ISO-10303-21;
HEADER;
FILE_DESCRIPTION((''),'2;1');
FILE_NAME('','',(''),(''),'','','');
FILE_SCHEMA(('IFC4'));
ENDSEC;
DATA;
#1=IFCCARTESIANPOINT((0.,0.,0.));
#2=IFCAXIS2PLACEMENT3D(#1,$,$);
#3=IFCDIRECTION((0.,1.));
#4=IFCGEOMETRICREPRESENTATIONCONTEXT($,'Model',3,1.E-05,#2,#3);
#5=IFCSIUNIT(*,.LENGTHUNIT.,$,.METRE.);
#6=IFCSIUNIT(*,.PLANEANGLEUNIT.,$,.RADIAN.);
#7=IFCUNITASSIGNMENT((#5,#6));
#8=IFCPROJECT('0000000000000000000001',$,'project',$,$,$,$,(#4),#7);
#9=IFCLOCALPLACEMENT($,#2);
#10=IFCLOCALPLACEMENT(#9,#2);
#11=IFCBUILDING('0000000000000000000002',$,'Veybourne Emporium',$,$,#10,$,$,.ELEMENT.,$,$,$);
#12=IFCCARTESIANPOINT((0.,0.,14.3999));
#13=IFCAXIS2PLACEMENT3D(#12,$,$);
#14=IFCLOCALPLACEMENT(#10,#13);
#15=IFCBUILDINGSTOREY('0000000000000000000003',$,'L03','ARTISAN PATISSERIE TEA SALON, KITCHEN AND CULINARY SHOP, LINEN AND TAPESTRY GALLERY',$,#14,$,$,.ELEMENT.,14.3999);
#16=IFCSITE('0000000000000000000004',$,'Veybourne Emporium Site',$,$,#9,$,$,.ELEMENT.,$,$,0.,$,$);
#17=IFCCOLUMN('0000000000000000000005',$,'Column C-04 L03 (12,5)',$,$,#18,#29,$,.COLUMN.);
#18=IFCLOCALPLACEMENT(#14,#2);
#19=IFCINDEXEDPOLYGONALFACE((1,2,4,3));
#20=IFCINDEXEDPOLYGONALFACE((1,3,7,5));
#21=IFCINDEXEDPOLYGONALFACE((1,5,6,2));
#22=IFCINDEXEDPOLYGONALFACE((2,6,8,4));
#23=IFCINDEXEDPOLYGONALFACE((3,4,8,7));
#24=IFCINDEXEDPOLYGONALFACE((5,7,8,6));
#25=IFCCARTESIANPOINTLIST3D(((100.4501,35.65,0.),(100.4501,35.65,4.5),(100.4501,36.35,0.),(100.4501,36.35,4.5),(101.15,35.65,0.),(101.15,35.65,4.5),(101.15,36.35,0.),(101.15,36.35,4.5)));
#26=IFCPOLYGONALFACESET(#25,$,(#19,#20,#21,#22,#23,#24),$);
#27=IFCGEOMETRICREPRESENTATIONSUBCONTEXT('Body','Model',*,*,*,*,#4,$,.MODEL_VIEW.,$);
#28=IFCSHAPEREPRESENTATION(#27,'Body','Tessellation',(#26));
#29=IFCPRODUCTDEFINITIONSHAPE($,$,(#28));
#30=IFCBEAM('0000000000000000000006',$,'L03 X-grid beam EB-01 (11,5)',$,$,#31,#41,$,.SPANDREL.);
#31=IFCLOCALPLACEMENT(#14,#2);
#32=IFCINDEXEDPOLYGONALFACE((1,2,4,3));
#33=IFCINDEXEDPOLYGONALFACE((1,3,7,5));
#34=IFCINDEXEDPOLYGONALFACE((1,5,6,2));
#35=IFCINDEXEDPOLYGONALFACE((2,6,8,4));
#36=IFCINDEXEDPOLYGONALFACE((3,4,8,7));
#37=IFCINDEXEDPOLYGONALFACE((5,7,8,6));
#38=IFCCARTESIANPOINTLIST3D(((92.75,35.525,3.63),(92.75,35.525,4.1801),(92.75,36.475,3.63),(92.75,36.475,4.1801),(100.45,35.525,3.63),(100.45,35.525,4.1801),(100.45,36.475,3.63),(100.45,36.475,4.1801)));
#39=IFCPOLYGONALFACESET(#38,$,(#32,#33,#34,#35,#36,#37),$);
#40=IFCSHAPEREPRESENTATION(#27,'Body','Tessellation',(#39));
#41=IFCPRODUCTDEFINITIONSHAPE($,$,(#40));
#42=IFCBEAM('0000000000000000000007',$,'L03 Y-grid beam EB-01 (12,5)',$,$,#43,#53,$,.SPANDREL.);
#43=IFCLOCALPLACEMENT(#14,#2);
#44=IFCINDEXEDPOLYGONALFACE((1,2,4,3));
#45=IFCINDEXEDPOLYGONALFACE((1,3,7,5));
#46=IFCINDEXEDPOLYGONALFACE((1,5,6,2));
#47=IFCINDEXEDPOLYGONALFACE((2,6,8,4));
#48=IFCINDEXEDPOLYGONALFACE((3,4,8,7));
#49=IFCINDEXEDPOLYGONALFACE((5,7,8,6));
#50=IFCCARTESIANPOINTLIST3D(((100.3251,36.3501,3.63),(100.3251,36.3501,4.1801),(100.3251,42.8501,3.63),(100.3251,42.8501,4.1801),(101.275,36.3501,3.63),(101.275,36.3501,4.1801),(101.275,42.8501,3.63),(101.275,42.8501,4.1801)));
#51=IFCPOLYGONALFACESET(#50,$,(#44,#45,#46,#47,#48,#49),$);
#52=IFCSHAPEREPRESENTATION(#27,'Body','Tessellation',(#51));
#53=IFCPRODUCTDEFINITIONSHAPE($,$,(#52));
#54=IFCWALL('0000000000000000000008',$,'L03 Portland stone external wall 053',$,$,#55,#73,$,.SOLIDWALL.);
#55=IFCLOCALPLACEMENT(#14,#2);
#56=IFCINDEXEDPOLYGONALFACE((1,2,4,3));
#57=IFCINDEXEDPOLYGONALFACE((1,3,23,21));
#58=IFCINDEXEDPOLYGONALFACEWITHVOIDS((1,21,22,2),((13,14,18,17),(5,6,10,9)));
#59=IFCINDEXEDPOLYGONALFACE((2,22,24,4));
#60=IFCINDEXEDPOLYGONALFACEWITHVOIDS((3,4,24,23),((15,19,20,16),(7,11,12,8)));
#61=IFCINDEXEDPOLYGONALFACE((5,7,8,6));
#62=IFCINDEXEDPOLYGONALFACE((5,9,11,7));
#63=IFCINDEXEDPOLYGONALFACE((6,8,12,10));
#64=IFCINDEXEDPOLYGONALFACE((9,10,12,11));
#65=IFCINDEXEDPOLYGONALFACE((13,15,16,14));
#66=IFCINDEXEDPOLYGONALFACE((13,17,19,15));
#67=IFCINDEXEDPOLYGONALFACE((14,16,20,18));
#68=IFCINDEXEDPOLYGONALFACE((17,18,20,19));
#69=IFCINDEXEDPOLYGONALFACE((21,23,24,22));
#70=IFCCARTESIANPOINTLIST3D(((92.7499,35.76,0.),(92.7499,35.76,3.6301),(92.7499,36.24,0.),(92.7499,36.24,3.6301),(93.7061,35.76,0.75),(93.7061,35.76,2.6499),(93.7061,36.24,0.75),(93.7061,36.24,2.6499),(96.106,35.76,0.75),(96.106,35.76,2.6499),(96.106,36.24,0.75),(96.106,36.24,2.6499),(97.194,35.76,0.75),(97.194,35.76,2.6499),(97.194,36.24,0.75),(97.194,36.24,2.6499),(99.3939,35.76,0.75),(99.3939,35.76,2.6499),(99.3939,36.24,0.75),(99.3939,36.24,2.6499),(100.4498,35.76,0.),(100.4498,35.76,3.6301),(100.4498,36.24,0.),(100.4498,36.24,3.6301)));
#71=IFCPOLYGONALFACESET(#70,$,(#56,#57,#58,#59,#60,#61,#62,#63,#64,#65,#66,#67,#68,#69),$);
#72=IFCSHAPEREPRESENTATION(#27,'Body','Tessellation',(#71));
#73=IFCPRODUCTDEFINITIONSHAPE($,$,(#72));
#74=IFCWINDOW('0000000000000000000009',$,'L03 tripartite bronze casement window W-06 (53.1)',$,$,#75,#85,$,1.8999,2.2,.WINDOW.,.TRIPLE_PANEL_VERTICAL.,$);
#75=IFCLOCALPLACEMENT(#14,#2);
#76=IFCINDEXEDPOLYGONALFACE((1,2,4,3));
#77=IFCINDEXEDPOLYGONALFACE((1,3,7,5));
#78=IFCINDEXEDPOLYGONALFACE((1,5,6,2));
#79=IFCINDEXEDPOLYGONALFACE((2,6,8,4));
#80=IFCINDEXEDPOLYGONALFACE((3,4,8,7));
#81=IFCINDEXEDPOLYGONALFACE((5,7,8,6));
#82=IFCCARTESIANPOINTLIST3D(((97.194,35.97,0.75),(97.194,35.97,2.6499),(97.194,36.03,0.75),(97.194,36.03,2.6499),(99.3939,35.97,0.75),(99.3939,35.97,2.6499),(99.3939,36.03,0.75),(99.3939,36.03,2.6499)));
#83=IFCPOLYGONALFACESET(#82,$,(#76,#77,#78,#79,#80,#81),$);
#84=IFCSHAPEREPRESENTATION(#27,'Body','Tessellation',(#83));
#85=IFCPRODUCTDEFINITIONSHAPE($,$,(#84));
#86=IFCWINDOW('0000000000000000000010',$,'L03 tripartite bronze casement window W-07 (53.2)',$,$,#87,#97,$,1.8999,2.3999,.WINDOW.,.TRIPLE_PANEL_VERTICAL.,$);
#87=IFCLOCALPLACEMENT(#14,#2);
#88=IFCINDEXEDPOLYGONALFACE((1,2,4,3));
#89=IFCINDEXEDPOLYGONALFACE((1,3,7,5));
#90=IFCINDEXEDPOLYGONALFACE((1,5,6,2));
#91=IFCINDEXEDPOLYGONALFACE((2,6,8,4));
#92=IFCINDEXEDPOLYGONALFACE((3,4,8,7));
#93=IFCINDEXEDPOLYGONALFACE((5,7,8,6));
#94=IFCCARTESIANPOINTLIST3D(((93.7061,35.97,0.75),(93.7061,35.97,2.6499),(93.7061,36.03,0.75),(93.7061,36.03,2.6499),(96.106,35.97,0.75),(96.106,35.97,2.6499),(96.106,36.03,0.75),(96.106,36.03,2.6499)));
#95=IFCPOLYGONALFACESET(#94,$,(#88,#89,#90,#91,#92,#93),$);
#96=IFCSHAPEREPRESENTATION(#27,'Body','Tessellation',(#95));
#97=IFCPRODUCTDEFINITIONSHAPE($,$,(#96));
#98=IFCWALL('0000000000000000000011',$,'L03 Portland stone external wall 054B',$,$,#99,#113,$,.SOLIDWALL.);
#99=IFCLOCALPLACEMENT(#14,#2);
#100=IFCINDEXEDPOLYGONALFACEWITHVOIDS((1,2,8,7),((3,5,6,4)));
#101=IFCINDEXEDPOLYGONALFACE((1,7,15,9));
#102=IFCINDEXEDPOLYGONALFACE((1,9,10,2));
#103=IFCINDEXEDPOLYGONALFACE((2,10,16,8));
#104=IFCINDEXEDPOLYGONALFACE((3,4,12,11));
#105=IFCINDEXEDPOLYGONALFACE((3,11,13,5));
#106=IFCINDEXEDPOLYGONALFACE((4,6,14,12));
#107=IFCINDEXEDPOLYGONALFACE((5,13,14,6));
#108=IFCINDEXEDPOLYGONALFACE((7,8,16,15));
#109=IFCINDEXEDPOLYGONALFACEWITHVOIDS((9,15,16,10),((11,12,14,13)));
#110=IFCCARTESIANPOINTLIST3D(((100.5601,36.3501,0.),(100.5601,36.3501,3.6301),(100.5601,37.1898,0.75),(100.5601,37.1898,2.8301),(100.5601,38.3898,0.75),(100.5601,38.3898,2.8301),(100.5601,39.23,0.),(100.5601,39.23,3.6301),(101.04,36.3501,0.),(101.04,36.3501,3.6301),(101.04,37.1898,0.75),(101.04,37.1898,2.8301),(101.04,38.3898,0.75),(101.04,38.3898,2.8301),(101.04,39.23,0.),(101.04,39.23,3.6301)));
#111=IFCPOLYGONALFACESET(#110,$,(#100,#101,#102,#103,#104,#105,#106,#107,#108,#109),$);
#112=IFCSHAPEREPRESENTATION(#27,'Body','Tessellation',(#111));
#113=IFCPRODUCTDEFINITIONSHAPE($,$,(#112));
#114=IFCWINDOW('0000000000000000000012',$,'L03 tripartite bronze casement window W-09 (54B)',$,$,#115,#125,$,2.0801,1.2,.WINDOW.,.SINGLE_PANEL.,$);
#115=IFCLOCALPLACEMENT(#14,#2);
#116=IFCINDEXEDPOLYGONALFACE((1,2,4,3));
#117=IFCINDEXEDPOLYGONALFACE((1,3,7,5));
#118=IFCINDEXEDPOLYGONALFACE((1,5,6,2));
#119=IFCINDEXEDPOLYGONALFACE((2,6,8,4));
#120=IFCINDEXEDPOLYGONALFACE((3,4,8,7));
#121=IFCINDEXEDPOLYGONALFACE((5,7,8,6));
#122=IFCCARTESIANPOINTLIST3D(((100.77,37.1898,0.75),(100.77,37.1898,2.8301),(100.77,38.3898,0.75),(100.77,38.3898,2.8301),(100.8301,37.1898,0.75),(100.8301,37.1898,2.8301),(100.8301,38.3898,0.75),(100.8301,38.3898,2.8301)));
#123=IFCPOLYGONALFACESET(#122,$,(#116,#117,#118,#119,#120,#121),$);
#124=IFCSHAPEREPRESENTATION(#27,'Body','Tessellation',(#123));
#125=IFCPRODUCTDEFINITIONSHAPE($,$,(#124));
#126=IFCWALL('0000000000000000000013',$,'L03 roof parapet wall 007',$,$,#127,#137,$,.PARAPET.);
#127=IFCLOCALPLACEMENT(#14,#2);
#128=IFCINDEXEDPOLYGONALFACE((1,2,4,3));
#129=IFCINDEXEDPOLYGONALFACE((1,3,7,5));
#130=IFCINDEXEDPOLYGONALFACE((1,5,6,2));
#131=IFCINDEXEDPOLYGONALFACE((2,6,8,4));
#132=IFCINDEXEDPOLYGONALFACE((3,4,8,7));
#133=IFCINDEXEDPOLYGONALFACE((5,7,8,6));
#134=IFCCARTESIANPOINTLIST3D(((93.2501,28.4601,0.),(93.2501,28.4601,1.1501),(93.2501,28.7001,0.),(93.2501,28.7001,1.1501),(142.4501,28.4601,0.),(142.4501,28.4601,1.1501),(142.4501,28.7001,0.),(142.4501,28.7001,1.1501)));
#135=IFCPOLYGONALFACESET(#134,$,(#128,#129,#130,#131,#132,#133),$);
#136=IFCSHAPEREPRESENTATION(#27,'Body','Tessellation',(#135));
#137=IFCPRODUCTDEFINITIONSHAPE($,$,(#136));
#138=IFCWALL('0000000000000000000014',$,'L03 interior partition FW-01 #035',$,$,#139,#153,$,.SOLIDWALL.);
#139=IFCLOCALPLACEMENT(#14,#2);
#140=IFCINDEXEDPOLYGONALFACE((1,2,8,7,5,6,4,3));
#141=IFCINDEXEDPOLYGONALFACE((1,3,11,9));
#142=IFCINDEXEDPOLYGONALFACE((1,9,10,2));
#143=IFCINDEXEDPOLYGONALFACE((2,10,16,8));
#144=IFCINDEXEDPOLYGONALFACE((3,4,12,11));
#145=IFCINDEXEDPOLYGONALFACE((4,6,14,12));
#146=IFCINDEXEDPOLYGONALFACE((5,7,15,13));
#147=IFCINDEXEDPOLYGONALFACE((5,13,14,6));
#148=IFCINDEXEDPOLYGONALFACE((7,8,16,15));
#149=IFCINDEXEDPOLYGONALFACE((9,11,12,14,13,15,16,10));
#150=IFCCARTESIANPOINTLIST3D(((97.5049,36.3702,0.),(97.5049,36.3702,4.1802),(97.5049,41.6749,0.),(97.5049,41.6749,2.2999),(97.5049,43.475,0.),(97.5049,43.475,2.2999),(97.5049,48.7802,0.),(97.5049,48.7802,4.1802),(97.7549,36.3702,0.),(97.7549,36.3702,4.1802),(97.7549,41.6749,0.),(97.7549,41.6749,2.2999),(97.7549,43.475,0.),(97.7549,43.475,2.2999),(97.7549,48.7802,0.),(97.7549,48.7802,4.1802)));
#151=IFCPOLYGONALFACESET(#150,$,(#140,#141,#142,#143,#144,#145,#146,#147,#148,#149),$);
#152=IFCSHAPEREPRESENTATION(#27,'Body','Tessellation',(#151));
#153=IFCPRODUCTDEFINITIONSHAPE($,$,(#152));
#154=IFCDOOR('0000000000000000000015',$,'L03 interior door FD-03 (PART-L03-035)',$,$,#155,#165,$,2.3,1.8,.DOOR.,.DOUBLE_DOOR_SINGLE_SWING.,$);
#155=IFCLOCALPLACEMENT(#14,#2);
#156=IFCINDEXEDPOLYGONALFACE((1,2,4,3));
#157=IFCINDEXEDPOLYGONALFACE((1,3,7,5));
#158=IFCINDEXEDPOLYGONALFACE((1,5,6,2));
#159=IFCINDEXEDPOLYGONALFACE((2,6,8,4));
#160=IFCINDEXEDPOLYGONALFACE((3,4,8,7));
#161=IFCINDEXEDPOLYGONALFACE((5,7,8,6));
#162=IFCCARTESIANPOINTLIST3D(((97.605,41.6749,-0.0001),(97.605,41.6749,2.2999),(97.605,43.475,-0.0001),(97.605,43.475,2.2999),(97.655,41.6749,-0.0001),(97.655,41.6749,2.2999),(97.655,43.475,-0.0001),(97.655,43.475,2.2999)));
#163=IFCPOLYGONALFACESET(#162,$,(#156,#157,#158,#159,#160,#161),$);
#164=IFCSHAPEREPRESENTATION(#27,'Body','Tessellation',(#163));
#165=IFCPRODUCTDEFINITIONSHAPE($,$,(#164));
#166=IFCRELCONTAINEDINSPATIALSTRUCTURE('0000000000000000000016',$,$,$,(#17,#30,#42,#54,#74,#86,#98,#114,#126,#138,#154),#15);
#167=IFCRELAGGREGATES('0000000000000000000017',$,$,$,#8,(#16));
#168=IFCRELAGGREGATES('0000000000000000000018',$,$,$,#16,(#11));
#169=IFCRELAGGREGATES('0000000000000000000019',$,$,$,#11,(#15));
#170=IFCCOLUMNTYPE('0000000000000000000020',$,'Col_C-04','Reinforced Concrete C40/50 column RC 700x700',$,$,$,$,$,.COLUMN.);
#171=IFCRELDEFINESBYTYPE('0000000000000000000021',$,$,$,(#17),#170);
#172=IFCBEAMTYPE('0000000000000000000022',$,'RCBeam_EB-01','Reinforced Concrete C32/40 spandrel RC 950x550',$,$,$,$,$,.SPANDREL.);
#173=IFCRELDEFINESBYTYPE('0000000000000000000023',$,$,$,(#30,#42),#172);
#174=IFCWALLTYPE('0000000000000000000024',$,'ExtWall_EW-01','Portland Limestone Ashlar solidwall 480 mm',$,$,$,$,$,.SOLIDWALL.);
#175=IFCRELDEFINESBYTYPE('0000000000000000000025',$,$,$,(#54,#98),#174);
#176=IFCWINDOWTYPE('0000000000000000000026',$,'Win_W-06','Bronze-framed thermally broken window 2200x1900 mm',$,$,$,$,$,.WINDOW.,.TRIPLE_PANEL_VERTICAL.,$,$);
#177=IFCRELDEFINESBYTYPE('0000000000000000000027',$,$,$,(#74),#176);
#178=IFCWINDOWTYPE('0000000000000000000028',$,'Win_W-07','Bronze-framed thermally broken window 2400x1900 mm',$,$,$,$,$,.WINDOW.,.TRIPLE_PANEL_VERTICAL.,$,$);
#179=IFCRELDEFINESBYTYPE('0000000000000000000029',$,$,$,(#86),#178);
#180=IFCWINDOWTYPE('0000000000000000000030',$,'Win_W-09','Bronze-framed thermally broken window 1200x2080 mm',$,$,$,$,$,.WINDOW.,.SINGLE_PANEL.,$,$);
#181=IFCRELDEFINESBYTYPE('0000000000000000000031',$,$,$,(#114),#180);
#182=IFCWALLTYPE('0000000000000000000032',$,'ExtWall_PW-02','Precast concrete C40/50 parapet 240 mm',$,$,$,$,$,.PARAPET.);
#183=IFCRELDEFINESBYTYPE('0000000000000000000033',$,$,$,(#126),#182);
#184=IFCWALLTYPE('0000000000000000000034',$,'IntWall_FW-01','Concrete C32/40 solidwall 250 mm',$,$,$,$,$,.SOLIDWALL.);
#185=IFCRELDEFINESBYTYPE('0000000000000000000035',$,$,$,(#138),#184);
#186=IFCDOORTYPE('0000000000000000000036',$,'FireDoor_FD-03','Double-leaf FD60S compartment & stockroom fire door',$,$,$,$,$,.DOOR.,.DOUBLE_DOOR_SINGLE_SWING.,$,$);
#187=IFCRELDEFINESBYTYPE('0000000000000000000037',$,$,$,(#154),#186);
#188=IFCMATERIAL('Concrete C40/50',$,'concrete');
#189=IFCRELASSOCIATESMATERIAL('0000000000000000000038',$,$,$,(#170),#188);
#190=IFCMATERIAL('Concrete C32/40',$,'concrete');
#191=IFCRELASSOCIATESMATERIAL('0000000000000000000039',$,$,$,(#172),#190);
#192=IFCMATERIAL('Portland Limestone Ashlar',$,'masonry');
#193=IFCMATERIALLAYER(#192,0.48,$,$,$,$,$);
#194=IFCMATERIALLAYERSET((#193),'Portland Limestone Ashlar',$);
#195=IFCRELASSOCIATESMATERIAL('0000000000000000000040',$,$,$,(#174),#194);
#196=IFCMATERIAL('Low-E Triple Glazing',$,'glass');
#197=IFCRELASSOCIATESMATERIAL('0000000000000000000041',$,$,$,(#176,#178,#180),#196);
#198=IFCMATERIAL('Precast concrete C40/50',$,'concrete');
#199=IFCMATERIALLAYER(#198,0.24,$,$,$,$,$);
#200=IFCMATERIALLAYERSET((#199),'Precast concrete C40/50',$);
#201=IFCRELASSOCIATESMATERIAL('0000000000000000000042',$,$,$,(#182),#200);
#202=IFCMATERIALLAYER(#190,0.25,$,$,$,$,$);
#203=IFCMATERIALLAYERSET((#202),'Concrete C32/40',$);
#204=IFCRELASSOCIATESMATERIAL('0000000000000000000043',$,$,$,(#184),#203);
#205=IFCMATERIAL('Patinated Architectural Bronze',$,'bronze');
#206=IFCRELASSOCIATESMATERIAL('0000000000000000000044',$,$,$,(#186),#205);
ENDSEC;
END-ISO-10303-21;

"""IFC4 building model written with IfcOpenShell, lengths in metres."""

from ifc_helpers import new_model, si_unit, direction, frame, frame_2d, origin, origin_2d, place, context, subcontext, project, spatial, rectangle, extrude, material, layer, layer_set, material_profile, profile_set, type_object, element, fill, save


model = new_model("IFC4")

# Units and contexts
model_context = context("Model", 3, precision=1e-05, world=origin(), true_north=direction((0.0, 1.0)))
body_context = subcontext(model_context, "Body", "Model", "MODEL_VIEW")
ifc_project = project(units=[si_unit("LENGTHUNIT", "METRE"), si_unit("PLANEANGLEUNIT", "RADIAN")], contexts=[model_context])

# Site, building, storey
site_placement = place(None, origin())
site = spatial("IfcSite", under=ifc_project, at=site_placement, Name="Veybourne Emporium Site", CompositionType="ELEMENT", RefElevation=0.0)
building_placement = place(site_placement, origin())
building = spatial("IfcBuilding", under=site, at=building_placement, Name="Veybourne Emporium", CompositionType="ELEMENT")
storey_placement = place(building_placement, frame((0.0, 0.0, 14.3999)))
storey = spatial("IfcBuildingStorey", under=building, at=storey_placement, Name="L03", Description="ARTISAN PATISSERIE TEA SALON, KITCHEN AND CULINARY SHOP, LINEN AND TAPESTRY GALLERY", CompositionType="ELEMENT", Elevation=14.3999)

# Column
ifc_material_1 = material(Name="Concrete C40/50", Category="concrete")
ifc_material_profile_1 = material_profile(ifc_material_1, rectangle(XDim=0.7, YDim=0.7, at=origin_2d()), Name="RC 700x700")
ifc_profile_set_1 = profile_set([ifc_material_profile_1], Name="Concrete C40/50")
column_type = type_object("IfcColumnType", Name="Col_C-04", Description="Reinforced Concrete C40/50 column RC 700x700", PredefinedType="COLUMN", material=ifc_profile_set_1)
column_placement = place(storey_placement, frame((100.8, 36.0, 0.0), z_axis=(0.0, 0.0, 1.0), x_axis=(1.0, 0.0, 0.0)))
element("IfcColumn", 1, at=column_placement, inside=storey, type_object=column_type, Name="Column C-04 L03 (12,5)", PredefinedType="COLUMN", context=body_context, shape_type="SweptSolid", body=[
    extrude(rectangle(XDim=0.7, YDim=0.7, at=origin_2d()), origin(), (0.0, 0.0, 1.0), 4.5),
])

# Beams
ifc_material_2 = material(Name="Concrete C32/40", Category="concrete")
ifc_material_profile_2 = material_profile(ifc_material_2, rectangle(XDim=0.95, YDim=0.55, at=origin_2d()), Name="RC 950x550")
ifc_profile_set_2 = profile_set([ifc_material_profile_2], Name="Concrete C32/40")
beam_type = type_object("IfcBeamType", Name="RCBeam_EB-01", Description="Reinforced Concrete C32/40 spandrel RC 950x550", PredefinedType="SPANDREL", material=ifc_profile_set_2)
beam_1_placement = place(storey_placement, frame((92.75, 36.0, 3.905), z_axis=(1.0, 0.0, 0.0), x_axis=(0.0, 1.0, 0.0)))
element("IfcBeam", 2, at=beam_1_placement, inside=storey, type_object=beam_type, Name="L03 X-grid beam EB-01 (11,5)", PredefinedType="SPANDREL", context=body_context, shape_type="SweptSolid", body=[
    extrude(rectangle(XDim=0.95, YDim=0.55, at=origin_2d()), origin(), (0.0, 0.0, 1.0), 7.7),
])
beam_2_placement = place(storey_placement, frame((100.8, 36.3501, 3.905), z_axis=(0.0, 1.0, 0.0), x_axis=(-1.0, 0.0, 0.0)))
element("IfcBeam", 3, at=beam_2_placement, inside=storey, type_object=beam_type, Name="L03 Y-grid beam EB-01 (12,5)", PredefinedType="SPANDREL", context=body_context, shape_type="SweptSolid", body=[
    extrude(rectangle(XDim=0.95, YDim=0.55, at=origin_2d()), origin(), (0.0, 0.0, 1.0), 6.5),
])

# Wall, openings, windows
ifc_material_3 = material(Name="Portland Limestone Ashlar", Category="masonry")
ifc_layer_1 = layer(ifc_material_3, 0.48)
ifc_layer_set_1 = layer_set([ifc_layer_1], Name="Portland Limestone Ashlar")
wall_type_1 = type_object("IfcWallType", Name="ExtWall_EW-01", Description="Portland Limestone Ashlar solidwall 480 mm", PredefinedType="SOLIDWALL", material=ifc_layer_set_1)
wall_1_placement = place(storey_placement, frame((100.45, 36.0, 0.0), z_axis=(0.0, 0.0, 1.0), x_axis=(-1.0, 0.0, 0.0)))
wall_1 = element("IfcWall", 4, at=wall_1_placement, inside=storey, type_object=wall_type_1, Name="L03 Portland stone external wall 053", PredefinedType="SOLIDWALL", context=body_context, shape_type="SweptSolid", body=[
    extrude(rectangle(XDim=7.7, YDim=0.48, at=frame_2d((3.8501, 0.0))), origin(), (0.0, 0.0, 1.0), 3.6301),
])
opening_1_placement = place(wall_1_placement, frame((1.0559, 0.0, 0.75)))
opening_1 = element("IfcOpeningElement", 5, at=opening_1_placement, cuts=wall_1, PredefinedType="OPENING", context=body_context, shape_type="SweptSolid", body=[
    extrude(rectangle(XDim=2.2, YDim=1.8999, at=frame_2d((1.1001, 0.95))), frame((0.0, 0.26, 0.0), z_axis=(0.0, -1.0, 0.0), x_axis=(1.0, 0.0, 0.0)), (0.0, 0.0, 1.0), 0.52),
])
opening_2_placement = place(wall_1_placement, frame((4.344, 0.0, 0.75)))
opening_2 = element("IfcOpeningElement", 6, at=opening_2_placement, cuts=wall_1, PredefinedType="OPENING", context=body_context, shape_type="SweptSolid", body=[
    extrude(rectangle(XDim=2.3999, YDim=1.8999, at=frame_2d((1.2, 0.95))), frame((0.0, 0.26, 0.0), z_axis=(0.0, -1.0, 0.0), x_axis=(1.0, 0.0, 0.0)), (0.0, 0.0, 1.0), 0.52),
])
ifc_material_4 = material(Name="Low-E Triple Glazing", Category="glass")
window_type_1 = type_object("IfcWindowType", Name="Win_W-06", Description="Bronze-framed thermally broken window 2200x1900 mm", PartitioningType="TRIPLE_PANEL_VERTICAL", PredefinedType="WINDOW", material=ifc_material_4)
window_1_placement = place(opening_1_placement, origin())
window_1 = element("IfcWindow", 7, at=window_1_placement, inside=storey, type_object=window_type_1, Name="L03 tripartite bronze casement window W-06 (53.1)", OverallHeight=1.8999, OverallWidth=2.2, PartitioningType="TRIPLE_PANEL_VERTICAL", PredefinedType="WINDOW", context=body_context, shape_type="SweptSolid", body=[
    extrude(rectangle(XDim=2.2, YDim=1.8999, at=frame_2d((1.1001, 0.95))), frame((0.0, 0.03, 0.0), z_axis=(0.0, -1.0, 0.0), x_axis=(1.0, 0.0, 0.0)), (0.0, 0.0, 1.0), 0.0601),
])
fill(opening_1, window_1)
window_type_2 = type_object("IfcWindowType", Name="Win_W-07", Description="Bronze-framed thermally broken window 2400x1900 mm", PartitioningType="TRIPLE_PANEL_VERTICAL", PredefinedType="WINDOW", material=ifc_material_4)
window_2_placement = place(opening_2_placement, origin())
window_2 = element("IfcWindow", 8, at=window_2_placement, inside=storey, type_object=window_type_2, Name="L03 tripartite bronze casement window W-07 (53.2)", OverallHeight=1.8999, OverallWidth=2.3999, PartitioningType="TRIPLE_PANEL_VERTICAL", PredefinedType="WINDOW", context=body_context, shape_type="SweptSolid", body=[
    extrude(rectangle(XDim=2.3999, YDim=1.8999, at=frame_2d((1.2, 0.95))), frame((0.0, 0.03, 0.0), z_axis=(0.0, -1.0, 0.0), x_axis=(1.0, 0.0, 0.0)), (0.0, 0.0, 1.0), 0.0601),
])
fill(opening_2, window_2)

# Wall, opening, window
wall_2_placement = place(storey_placement, frame((100.8, 39.23, 0.0), z_axis=(0.0, 0.0, 1.0), x_axis=(0.0, -1.0, 0.0)))
wall_2 = element("IfcWall", 9, at=wall_2_placement, inside=storey, type_object=wall_type_1, Name="L03 Portland stone external wall 054B", PredefinedType="SOLIDWALL", context=body_context, shape_type="SweptSolid", body=[
    extrude(rectangle(XDim=2.8799, YDim=0.48, at=frame_2d((1.4399, 0.0))), origin(), (0.0, 0.0, 1.0), 3.6301),
])
opening_3_placement = place(wall_2_placement, frame((0.8401, 0.0, 0.75)))
opening_3 = element("IfcOpeningElement", 10, at=opening_3_placement, cuts=wall_2, PredefinedType="OPENING", context=body_context, shape_type="SweptSolid", body=[
    extrude(rectangle(XDim=1.2, YDim=2.0801, at=frame_2d((0.6001, 1.04))), frame((0.0, 0.26, 0.0), z_axis=(0.0, -1.0, 0.0), x_axis=(1.0, 0.0, 0.0)), (0.0, 0.0, 1.0), 0.52),
])
window_type_3 = type_object("IfcWindowType", Name="Win_W-09", Description="Bronze-framed thermally broken window 1200x2080 mm", PartitioningType="SINGLE_PANEL", PredefinedType="WINDOW", material=ifc_material_4)
window_3_placement = place(opening_3_placement, origin())
window_3 = element("IfcWindow", 11, at=window_3_placement, inside=storey, type_object=window_type_3, Name="L03 tripartite bronze casement window W-09 (54B)", OverallHeight=2.0801, OverallWidth=1.2, PartitioningType="SINGLE_PANEL", PredefinedType="WINDOW", context=body_context, shape_type="SweptSolid", body=[
    extrude(rectangle(XDim=1.2, YDim=2.0801, at=frame_2d((0.6001, 1.04))), frame((0.0, 0.03, 0.0), z_axis=(0.0, -1.0, 0.0), x_axis=(1.0, 0.0, 0.0)), (0.0, 0.0, 1.0), 0.0601),
])
fill(opening_3, window_3)

# Wall
ifc_material_5 = material(Name="Precast concrete C40/50", Category="concrete")
ifc_layer_2 = layer(ifc_material_5, 0.24)
ifc_layer_set_2 = layer_set([ifc_layer_2], Name="Precast concrete C40/50")
wall_type_2 = type_object("IfcWallType", Name="ExtWall_PW-02", Description="Precast concrete C40/50 parapet 240 mm", PredefinedType="PARAPET", material=ifc_layer_set_2)
wall_3_placement = place(storey_placement, frame((93.25, 28.5801, 0.0), z_axis=(0.0, 0.0, 1.0), x_axis=(1.0, 0.0, 0.0)))
element("IfcWall", 12, at=wall_3_placement, inside=storey, type_object=wall_type_2, Name="L03 roof parapet wall 007", PredefinedType="PARAPET", context=body_context, shape_type="SweptSolid", body=[
    extrude(rectangle(XDim=49.2, YDim=0.24, at=frame_2d((24.6001, 0.0))), origin(), (0.0, 0.0, 1.0), 1.1501),
])

# Wall, opening, door
ifc_layer_3 = layer(ifc_material_2, 0.25)
ifc_layer_set_3 = layer_set([ifc_layer_3], Name="Concrete C32/40")
wall_type_3 = type_object("IfcWallType", Name="IntWall_FW-01", Description="Concrete C32/40 solidwall 250 mm", PredefinedType="SOLIDWALL", material=ifc_layer_set_3)
wall_4_placement = place(storey_placement, frame((97.6299, 36.3701, 0.0), z_axis=(0.0, 0.0, 1.0), x_axis=(0.0, 1.0, 0.0)))
wall_4 = element("IfcWall", 13, at=wall_4_placement, inside=storey, type_object=wall_type_3, Name="L03 interior partition FW-01 #035", PredefinedType="SOLIDWALL", context=body_context, shape_type="SweptSolid", body=[
    extrude(rectangle(XDim=12.4099, YDim=0.25, at=frame_2d((6.2051, 0.0))), origin(), (0.0, 0.0, 1.0), 4.1802),
])
opening_4_placement = place(wall_4_placement, frame((5.3049, 0.0, 0.0)))
opening_4 = element("IfcOpeningElement", 14, at=opening_4_placement, cuts=wall_4, PredefinedType="OPENING", context=body_context, shape_type="SweptSolid", body=[
    extrude(rectangle(XDim=1.8, YDim=2.3, at=frame_2d((0.8999, 1.1499))), frame((0.0, 0.145, 0.0), z_axis=(0.0, -1.0, 0.0), x_axis=(1.0, 0.0, 0.0)), (0.0, 0.0, 1.0), 0.29),
])
ifc_material_6 = material(Name="Patinated Architectural Bronze", Category="bronze")
door_type_1 = type_object("IfcDoorType", Name="FireDoor_FD-03", Description="Double-leaf FD60S compartment & stockroom fire door", OperationType="DOUBLE_DOOR_SINGLE_SWING", PredefinedType="DOOR", material=ifc_material_6)
door_1_placement = place(opening_4_placement, origin())
door_1 = element("IfcDoor", 15, at=door_1_placement, inside=storey, type_object=door_type_1, Name="L03 interior door FD-03 (PART-L03-035)", OperationType="DOUBLE_DOOR_SINGLE_SWING", OverallHeight=2.3, OverallWidth=1.8, PredefinedType="DOOR", context=body_context, shape_type="SweptSolid", body=[
    extrude(rectangle(XDim=1.8, YDim=2.3, at=frame_2d((0.8999, 1.1499))), frame((0.0, 0.0249, 0.0), z_axis=(0.0, -1.0, 0.0), x_axis=(1.0, 0.0, 0.0)), (0.0, 0.0, 1.0), 0.05),
])
fill(opening_4, door_1)

save(model, "model.ifc")
